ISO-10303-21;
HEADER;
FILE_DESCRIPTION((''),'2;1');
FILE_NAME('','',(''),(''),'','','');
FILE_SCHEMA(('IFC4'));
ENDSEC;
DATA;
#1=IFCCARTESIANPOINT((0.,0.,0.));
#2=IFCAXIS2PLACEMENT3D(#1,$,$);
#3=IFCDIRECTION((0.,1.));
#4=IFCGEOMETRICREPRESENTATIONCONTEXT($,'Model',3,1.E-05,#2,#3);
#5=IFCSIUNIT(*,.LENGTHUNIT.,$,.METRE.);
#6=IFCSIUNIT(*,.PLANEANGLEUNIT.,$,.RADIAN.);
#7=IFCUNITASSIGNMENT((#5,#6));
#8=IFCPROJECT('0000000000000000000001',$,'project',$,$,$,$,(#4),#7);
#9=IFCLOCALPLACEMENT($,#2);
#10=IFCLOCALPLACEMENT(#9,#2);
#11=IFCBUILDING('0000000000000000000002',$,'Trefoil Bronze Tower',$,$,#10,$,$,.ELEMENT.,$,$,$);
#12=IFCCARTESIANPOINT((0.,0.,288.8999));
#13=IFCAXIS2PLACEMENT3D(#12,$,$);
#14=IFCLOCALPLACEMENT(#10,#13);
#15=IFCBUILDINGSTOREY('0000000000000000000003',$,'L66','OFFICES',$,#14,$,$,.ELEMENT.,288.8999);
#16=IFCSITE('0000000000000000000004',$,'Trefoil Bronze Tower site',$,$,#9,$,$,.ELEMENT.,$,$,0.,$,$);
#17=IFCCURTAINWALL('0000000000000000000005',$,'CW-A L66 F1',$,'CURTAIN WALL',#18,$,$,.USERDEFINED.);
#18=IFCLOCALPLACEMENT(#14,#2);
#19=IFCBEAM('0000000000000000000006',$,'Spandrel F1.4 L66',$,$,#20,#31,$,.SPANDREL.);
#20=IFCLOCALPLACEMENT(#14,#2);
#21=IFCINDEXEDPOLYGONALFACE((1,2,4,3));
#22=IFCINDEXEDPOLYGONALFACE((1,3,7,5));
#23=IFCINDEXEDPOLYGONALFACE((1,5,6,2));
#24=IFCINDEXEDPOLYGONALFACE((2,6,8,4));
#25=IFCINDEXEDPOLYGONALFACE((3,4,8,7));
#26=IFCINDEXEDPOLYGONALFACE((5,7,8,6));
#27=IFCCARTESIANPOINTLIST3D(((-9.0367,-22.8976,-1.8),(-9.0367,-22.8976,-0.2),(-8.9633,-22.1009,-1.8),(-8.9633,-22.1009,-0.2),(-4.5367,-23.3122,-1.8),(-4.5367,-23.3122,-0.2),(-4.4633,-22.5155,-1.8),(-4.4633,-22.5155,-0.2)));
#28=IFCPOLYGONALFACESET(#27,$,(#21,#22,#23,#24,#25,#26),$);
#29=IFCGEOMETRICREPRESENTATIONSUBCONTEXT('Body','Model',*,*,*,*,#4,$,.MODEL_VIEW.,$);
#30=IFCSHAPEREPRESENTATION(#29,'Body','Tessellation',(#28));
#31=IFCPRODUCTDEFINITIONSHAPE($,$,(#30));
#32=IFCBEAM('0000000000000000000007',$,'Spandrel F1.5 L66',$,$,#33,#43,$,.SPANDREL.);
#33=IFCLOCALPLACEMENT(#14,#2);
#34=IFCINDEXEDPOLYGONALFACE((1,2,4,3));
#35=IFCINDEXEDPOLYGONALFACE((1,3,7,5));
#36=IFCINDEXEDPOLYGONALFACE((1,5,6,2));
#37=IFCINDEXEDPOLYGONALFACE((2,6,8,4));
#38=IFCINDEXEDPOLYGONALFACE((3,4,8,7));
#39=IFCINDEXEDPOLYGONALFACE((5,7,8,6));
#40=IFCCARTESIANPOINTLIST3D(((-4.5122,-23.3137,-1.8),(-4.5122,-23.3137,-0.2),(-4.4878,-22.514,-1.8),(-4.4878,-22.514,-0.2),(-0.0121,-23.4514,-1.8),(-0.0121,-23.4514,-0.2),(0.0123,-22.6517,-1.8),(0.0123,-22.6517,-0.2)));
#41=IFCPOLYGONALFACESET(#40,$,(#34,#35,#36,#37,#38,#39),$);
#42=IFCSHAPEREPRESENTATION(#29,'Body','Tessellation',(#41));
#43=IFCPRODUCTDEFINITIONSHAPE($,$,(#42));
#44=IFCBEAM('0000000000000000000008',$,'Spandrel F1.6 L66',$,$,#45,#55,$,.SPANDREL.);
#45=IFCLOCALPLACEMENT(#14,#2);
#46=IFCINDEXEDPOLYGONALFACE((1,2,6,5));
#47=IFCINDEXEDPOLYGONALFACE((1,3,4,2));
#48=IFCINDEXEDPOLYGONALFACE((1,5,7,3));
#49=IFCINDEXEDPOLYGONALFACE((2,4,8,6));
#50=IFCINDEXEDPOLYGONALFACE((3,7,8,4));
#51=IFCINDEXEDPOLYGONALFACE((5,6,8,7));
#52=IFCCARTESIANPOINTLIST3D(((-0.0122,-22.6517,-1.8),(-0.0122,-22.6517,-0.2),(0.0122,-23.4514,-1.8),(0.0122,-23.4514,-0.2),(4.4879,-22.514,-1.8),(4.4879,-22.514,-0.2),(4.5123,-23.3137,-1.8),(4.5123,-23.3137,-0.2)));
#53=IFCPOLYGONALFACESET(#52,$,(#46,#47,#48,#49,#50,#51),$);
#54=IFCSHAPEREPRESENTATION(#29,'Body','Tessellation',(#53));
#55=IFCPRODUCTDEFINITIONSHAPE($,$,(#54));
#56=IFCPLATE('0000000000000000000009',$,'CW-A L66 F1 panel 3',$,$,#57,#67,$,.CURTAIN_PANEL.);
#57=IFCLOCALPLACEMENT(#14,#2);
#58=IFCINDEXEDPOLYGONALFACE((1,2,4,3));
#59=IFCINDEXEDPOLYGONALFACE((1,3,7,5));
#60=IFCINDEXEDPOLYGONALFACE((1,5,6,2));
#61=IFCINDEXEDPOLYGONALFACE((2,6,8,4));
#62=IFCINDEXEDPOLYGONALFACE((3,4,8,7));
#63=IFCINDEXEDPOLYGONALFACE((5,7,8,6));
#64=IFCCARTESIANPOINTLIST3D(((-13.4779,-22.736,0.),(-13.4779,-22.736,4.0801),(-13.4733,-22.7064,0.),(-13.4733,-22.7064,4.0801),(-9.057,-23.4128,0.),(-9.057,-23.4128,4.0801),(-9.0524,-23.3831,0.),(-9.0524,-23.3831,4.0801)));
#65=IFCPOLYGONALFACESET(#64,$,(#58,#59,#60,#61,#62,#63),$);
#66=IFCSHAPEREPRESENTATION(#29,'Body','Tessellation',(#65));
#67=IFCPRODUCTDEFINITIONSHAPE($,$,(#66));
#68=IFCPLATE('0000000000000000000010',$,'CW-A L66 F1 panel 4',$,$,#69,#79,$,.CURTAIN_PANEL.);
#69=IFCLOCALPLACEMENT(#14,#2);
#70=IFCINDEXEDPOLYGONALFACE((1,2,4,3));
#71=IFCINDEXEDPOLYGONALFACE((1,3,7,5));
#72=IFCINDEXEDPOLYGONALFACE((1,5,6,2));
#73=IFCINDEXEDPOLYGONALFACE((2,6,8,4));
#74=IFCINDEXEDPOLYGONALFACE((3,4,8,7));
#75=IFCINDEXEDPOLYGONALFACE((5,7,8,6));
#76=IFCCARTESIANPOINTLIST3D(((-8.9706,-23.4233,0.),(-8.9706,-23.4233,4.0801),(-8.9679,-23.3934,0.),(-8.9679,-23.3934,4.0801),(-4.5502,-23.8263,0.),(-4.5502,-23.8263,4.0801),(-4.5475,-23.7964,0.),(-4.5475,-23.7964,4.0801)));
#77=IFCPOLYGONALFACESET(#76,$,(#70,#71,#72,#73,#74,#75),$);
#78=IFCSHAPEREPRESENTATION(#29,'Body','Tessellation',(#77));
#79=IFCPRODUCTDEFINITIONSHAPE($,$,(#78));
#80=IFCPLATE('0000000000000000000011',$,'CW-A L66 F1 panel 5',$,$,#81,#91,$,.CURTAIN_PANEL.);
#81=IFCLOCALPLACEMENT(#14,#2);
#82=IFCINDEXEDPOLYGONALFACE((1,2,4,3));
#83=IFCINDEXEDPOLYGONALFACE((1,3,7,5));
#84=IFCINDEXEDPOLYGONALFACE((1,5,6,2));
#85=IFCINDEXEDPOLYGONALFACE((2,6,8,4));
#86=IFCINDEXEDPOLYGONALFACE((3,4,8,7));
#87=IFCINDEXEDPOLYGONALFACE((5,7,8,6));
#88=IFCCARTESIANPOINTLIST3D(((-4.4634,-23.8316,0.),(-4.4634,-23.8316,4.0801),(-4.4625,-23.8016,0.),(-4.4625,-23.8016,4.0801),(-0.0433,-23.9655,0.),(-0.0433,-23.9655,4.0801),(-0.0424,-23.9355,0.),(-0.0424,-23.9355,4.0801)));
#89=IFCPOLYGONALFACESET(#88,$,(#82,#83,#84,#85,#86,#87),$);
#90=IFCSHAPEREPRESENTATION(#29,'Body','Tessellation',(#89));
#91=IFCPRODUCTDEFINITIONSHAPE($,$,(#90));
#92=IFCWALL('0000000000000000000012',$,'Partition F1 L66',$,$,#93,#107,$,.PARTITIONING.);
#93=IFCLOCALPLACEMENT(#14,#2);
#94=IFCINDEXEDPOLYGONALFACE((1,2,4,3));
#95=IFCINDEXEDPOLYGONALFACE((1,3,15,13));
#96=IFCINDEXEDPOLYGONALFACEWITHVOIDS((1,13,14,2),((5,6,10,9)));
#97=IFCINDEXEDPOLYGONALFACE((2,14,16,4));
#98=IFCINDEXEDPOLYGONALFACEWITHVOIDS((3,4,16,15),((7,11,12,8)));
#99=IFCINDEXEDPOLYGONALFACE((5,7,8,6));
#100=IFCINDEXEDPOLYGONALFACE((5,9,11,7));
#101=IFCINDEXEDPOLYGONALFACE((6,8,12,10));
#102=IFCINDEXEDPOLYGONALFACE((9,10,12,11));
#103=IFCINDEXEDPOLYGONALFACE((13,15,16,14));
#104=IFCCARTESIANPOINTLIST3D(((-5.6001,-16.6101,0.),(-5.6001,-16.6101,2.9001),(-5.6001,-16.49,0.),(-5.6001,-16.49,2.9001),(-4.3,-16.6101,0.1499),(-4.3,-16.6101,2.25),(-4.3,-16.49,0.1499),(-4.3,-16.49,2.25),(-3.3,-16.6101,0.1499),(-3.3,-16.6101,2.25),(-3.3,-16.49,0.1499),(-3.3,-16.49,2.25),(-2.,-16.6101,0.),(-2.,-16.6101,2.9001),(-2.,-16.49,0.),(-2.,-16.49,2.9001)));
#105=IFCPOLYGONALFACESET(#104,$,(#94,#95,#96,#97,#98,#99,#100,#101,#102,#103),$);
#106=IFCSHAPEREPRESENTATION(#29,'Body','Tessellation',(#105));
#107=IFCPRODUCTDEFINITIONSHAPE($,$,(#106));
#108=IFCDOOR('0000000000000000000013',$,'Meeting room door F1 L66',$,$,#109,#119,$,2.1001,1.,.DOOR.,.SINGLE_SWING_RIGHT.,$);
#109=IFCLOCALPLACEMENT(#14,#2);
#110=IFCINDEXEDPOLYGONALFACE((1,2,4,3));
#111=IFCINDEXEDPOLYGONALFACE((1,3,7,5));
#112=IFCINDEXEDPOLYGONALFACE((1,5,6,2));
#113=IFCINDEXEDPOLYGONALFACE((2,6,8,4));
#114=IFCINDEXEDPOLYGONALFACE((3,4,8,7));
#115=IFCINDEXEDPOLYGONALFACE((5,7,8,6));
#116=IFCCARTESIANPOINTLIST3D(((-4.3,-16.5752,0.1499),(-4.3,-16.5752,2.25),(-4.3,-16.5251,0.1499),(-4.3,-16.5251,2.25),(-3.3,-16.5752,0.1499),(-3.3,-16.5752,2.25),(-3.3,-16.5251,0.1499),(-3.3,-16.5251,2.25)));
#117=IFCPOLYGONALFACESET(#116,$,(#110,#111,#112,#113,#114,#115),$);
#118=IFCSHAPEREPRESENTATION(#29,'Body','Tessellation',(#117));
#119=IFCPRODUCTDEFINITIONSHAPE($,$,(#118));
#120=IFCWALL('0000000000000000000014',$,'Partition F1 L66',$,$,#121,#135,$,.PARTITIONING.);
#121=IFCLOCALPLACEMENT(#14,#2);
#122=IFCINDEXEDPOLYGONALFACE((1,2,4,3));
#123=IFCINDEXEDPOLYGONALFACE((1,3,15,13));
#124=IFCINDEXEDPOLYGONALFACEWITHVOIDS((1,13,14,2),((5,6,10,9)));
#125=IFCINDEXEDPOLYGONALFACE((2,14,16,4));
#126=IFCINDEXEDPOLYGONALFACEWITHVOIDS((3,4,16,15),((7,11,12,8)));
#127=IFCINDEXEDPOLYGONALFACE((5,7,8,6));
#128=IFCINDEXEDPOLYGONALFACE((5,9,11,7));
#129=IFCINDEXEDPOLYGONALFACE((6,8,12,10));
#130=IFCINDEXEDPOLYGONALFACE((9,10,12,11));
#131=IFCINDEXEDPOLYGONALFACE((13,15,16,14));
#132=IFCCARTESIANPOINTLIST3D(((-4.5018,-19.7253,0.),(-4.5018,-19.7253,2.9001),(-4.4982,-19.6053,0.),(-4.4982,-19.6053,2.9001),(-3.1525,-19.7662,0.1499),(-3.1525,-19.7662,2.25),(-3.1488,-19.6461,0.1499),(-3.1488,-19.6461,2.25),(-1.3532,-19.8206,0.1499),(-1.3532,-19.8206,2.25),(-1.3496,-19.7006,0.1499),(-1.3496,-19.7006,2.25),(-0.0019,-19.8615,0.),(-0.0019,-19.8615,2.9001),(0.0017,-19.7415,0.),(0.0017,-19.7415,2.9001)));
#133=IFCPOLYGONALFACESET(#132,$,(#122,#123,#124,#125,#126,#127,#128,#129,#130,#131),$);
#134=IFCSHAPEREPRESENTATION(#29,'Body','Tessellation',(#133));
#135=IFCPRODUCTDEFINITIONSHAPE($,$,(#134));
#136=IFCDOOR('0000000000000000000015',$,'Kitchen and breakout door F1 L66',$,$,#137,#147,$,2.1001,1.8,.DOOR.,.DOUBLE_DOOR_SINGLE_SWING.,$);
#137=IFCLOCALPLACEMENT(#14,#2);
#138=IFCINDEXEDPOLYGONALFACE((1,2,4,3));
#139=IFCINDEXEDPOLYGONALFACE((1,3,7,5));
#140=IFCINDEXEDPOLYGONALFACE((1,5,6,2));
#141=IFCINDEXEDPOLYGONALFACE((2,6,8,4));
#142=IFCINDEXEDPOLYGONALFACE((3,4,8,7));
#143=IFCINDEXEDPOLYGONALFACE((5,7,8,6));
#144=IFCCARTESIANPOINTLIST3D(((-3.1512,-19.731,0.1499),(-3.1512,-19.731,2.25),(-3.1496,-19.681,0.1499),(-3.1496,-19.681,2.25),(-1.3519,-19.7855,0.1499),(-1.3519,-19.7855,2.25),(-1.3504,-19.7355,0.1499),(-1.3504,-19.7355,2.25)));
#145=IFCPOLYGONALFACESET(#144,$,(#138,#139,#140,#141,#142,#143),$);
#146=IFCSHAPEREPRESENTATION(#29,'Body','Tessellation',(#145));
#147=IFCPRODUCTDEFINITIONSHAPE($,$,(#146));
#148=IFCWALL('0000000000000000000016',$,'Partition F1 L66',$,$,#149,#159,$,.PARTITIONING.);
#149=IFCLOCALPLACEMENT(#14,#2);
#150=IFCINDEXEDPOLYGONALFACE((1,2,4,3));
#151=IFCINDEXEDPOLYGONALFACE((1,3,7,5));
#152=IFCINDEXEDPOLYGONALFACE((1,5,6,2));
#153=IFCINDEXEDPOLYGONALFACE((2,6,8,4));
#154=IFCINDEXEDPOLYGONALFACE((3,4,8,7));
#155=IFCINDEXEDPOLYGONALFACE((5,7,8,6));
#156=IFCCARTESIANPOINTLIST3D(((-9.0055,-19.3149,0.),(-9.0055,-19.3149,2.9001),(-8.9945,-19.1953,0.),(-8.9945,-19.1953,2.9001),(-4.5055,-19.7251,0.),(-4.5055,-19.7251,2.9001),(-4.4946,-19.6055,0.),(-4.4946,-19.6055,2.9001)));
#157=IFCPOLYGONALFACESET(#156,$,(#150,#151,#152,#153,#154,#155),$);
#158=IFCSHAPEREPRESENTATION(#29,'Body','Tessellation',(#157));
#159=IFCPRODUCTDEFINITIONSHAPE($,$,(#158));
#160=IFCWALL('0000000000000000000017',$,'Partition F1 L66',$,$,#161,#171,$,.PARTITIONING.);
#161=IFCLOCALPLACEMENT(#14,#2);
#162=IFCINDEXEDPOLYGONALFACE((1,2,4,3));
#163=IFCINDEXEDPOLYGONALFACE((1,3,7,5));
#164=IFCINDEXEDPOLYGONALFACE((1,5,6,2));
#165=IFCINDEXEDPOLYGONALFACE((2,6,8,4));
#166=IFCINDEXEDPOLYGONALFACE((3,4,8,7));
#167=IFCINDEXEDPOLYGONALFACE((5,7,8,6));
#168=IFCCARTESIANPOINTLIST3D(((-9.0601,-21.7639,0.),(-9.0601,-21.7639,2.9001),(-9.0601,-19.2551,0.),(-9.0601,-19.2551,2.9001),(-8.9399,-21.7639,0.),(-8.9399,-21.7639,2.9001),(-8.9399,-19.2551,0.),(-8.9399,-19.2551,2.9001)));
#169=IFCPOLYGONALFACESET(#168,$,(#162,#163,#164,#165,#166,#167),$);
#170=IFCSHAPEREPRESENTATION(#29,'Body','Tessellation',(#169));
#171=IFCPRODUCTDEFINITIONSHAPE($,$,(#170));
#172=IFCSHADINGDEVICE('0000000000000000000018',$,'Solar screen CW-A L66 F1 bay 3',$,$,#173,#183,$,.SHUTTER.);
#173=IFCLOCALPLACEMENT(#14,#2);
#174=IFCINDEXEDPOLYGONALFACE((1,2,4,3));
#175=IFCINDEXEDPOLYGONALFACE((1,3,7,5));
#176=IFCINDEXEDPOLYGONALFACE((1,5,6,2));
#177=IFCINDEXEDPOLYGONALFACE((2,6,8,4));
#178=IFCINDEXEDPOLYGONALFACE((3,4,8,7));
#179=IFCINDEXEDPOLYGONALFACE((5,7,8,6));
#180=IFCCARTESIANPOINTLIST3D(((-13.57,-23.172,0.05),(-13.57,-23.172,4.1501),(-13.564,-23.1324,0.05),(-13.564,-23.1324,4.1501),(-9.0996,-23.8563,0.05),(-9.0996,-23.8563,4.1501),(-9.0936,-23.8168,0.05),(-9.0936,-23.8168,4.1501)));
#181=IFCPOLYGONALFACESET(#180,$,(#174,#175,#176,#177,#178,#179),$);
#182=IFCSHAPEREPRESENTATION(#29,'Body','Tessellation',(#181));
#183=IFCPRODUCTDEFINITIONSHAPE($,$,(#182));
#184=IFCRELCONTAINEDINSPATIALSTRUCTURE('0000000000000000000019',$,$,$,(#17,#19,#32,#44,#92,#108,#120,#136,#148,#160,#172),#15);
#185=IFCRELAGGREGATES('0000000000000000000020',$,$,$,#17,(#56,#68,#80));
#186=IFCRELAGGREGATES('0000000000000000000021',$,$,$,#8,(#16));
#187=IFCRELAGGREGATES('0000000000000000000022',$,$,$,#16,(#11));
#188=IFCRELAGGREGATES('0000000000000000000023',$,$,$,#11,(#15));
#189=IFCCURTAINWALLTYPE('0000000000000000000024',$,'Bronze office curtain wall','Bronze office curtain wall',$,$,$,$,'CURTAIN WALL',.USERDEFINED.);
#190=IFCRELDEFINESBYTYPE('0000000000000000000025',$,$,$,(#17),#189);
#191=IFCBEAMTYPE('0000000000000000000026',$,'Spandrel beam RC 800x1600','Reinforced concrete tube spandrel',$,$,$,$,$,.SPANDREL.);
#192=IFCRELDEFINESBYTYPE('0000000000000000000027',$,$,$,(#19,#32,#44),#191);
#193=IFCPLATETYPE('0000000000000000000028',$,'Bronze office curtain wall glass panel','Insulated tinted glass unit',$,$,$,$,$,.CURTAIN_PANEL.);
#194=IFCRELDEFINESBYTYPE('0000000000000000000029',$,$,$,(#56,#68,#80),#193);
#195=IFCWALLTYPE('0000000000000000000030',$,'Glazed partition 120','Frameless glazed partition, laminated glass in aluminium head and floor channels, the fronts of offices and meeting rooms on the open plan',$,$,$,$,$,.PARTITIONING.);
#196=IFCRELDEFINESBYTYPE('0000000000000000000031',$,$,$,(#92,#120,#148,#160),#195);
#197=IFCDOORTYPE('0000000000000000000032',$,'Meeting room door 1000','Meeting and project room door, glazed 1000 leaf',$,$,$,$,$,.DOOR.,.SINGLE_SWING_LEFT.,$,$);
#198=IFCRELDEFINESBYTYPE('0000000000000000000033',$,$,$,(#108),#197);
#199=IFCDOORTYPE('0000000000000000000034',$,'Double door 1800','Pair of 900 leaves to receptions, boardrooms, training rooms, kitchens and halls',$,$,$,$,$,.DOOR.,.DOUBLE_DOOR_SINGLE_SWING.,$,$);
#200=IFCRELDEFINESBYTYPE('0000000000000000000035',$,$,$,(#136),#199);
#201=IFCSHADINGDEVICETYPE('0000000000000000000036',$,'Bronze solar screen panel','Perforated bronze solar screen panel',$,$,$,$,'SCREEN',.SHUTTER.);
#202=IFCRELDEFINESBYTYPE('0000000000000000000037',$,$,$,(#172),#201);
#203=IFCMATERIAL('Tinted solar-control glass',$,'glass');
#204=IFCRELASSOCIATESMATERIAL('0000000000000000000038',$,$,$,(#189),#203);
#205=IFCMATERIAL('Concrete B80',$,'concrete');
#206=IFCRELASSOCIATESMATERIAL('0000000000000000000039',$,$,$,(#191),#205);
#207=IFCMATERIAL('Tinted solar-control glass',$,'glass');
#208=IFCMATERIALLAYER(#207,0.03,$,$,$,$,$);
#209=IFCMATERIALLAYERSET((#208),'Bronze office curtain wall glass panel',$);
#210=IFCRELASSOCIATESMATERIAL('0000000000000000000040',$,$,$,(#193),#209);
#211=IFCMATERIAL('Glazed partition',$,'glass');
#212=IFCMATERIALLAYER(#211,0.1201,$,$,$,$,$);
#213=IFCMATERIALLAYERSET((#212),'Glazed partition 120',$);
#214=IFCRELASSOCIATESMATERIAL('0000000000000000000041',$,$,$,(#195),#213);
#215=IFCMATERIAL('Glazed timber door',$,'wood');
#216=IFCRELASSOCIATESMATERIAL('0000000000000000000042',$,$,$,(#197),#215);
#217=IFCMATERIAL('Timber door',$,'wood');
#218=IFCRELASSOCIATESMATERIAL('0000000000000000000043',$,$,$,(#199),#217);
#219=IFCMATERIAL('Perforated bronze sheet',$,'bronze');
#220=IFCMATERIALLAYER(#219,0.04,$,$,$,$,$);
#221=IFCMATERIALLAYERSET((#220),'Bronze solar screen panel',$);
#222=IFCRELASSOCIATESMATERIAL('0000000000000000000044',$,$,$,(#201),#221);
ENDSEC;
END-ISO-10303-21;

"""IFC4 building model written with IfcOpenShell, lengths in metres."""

from ifc_helpers import new_model, si_unit, direction, frame, frame_2d, origin, origin_2d, place, context, subcontext, project, spatial, rectangle, extrude, material, layer, layer_set, material_profile, profile_set, type_object, element, fill, aggregate, save


model = new_model("IFC4")

# Units and contexts
model_context = context("Model", 3, precision=1e-05, world=origin(), true_north=direction((0.0, 1.0)))
body_context = subcontext(model_context, "Body", "Model", "MODEL_VIEW")
ifc_project = project(units=[si_unit("LENGTHUNIT", "METRE"), si_unit("PLANEANGLEUNIT", "RADIAN")], contexts=[model_context])

# Site, building, storey
site_placement = place(None, origin())
site = spatial("IfcSite", under=ifc_project, at=site_placement, Name="Trefoil Bronze Tower site", CompositionType="ELEMENT", RefElevation=0.0)
building_placement = place(site_placement, origin())
building = spatial("IfcBuilding", under=site, at=building_placement, Name="Trefoil Bronze Tower", CompositionType="ELEMENT")
storey_placement = place(building_placement, frame((0.0, 0.0, 288.8999)))
storey = spatial("IfcBuildingStorey", under=building, at=storey_placement, Name="L66", Description="OFFICES", CompositionType="ELEMENT", Elevation=288.8999)

# Curtain wall
ifc_material_1 = material(Name="Tinted solar-control glass", Category="glass")
curtain_wall_type = type_object("IfcCurtainWallType", Name="Bronze office curtain wall", Description="Bronze office curtain wall", ElementType="CURTAIN WALL", PredefinedType="USERDEFINED", material=ifc_material_1)
curtain_wall_placement = place(storey_placement, origin())
curtain_wall = element("IfcCurtainWall", 1, at=curtain_wall_placement, inside=storey, type_object=curtain_wall_type, Name="CW-A L66 F1", ObjectType="CURTAIN WALL", PredefinedType="USERDEFINED")

# Beams
ifc_material_2 = material(Name="Concrete B80", Category="concrete")
ifc_material_profile_1 = material_profile(ifc_material_2, rectangle(XDim=0.8, YDim=1.6001, at=origin_2d()), Name="RC 800x1600")
ifc_profile_set_1 = profile_set([ifc_material_profile_1], Name="Concrete B80")
beam_type_1 = type_object("IfcBeamType", Name="Spandrel beam RC 800x1600", Description="Reinforced concrete tube spandrel", PredefinedType="SPANDREL", material=ifc_profile_set_1)
beam_1_placement = place(storey_placement, frame((-9.0, -22.4993, -1.0), z_axis=(0.995784, -0.091734, 0.0), x_axis=(0.091734, 0.995784, 0.0)))
element("IfcBeam", 2, at=beam_1_placement, inside=storey, type_object=beam_type_1, Name="Spandrel F1.4 L66", PredefinedType="SPANDREL", context=body_context, shape_type="SweptSolid", body=[
    extrude(rectangle(XDim=0.8, YDim=1.6001, at=origin_2d()), origin(), (0.0, 0.0, 1.0), 4.519),
])
for number, where, z_axis, x_axis, name in (
    (3, (-4.5, -22.9138, -1.0), (0.999532, -0.030585, 0.0), (0.030585, 0.999532, 0.0), "Spandrel F1.5 L66"),
    (4, (0.0, -23.0515, -1.0), (0.999532, 0.030585, 0.0), (-0.030585, 0.999532, 0.0), "Spandrel F1.6 L66"),
):
    element("IfcBeam", number, at=place(storey_placement, frame(where, z_axis=z_axis, x_axis=x_axis)), inside=storey, type_object=beam_type_1, Name=name, PredefinedType="SPANDREL", context=body_context, shape_type="SweptSolid", body=[
        extrude(rectangle(XDim=0.8, YDim=1.6001, at=origin_2d()), origin(), (0.0, 0.0, 1.0), 4.5022),
    ])

# Plates
ifc_material_3 = material(Name="Tinted solar-control glass", Category="glass")
ifc_layer_1 = layer(ifc_material_3, 0.03)
ifc_layer_set_1 = layer_set([ifc_layer_1], Name="Bronze office curtain wall glass panel")
plate_type = type_object("IfcPlateType", Name="Bronze office curtain wall glass panel", Description="Insulated tinted glass unit", PredefinedType="CURTAIN_PANEL", material=ifc_layer_set_1)
plate_1_placement = place(storey_placement, frame((-11.2651, -23.0596, 0.0), z_axis=(0.0, 0.0, 1.0), x_axis=(0.988485, -0.151317, 0.0)))
plate_1 = element("IfcPlate", 5, at=plate_1_placement, type_object=plate_type, Name="CW-A L66 F1 panel 3", PredefinedType="CURTAIN_PANEL", context=body_context, shape_type="SweptSolid", body=[
    extrude(rectangle(XDim=4.4724, YDim=0.03, at=origin_2d()), origin(), (0.0, 0.0, 1.0), 4.0801),
])
plate_2_placement = place(storey_placement, frame((-6.759, -23.6099, 0.0), z_axis=(0.0, 0.0, 1.0), x_axis=(0.99587, -0.090789, 0.0)))
plate_2 = element("IfcPlate", 6, at=plate_2_placement, type_object=plate_type, Name="CW-A L66 F1 panel 4", PredefinedType="CURTAIN_PANEL", context=body_context, shape_type="SweptSolid", body=[
    extrude(rectangle(XDim=4.4387, YDim=0.03, at=origin_2d()), origin(), (0.0, 0.0, 1.0), 4.0801),
])
plate_3_placement = place(storey_placement, frame((-2.2529, -23.8835, 0.0), z_axis=(0.0, 0.0, 1.0), x_axis=(0.999542, -0.030263, 0.0)))
plate_3 = element("IfcPlate", 7, at=plate_3_placement, type_object=plate_type, Name="CW-A L66 F1 panel 5", PredefinedType="CURTAIN_PANEL", context=body_context, shape_type="SweptSolid", body=[
    extrude(rectangle(XDim=4.4221, YDim=0.03, at=origin_2d()), origin(), (0.0, 0.0, 1.0), 4.0801),
])
aggregate(curtain_wall, [plate_1, plate_2, plate_3])

# Walls, openings, doors
ifc_material_4 = material(Name="Glazed partition", Category="glass")
ifc_layer_2 = layer(ifc_material_4, 0.1201)
ifc_layer_set_2 = layer_set([ifc_layer_2], Name="Glazed partition 120")
wall_type = type_object("IfcWallType", Name="Glazed partition 120", Description="Frameless glazed partition, laminated glass in aluminium head and floor channels, the fronts of offices and meeting rooms on the open plan", PredefinedType="PARTITIONING", material=ifc_layer_set_2)
wall_1_placement = place(storey_placement, frame((-5.6001, -16.55, 0.0), z_axis=(0.0, 0.0, 1.0), x_axis=(1.0, 0.0, 0.0)))
wall_1 = element("IfcWall", 8, at=wall_1_placement, inside=storey, type_object=wall_type, Name="Partition F1 L66", PredefinedType="PARTITIONING", context=body_context, shape_type="SweptSolid", body=[
    extrude(rectangle(XDim=3.6001, YDim=0.1201, at=frame_2d((1.8, 0.0))), origin(), (0.0, 0.0, 1.0), 2.9001),
])
opening_1_placement = place(wall_1_placement, frame((1.3, 0.0, 0.1499)))
opening_1 = element("IfcOpeningElement", 9, at=opening_1_placement, cuts=wall_1, PredefinedType="OPENING", context=body_context, shape_type="SweptSolid", body=[
    extrude(rectangle(XDim=1.0, YDim=2.1001, at=frame_2d((0.5, 1.05))), frame((0.0, 0.0701, 0.0), z_axis=(0.0, -1.0, 0.0), x_axis=(1.0, 0.0, 0.0)), (0.0, 0.0, 1.0), 0.1401),
])
ifc_material_5 = material(Name="Glazed timber door", Category="wood")
door_type_1 = type_object("IfcDoorType", Name="Meeting room door 1000", Description="Meeting and project room door, glazed 1000 leaf", OperationType="SINGLE_SWING_LEFT", PredefinedType="DOOR", material=ifc_material_5)
door_1_placement = place(opening_1_placement, origin())
door_1 = element("IfcDoor", 10, at=door_1_placement, inside=storey, type_object=door_type_1, Name="Meeting room door F1 L66", OperationType="SINGLE_SWING_RIGHT", OverallHeight=2.1001, OverallWidth=1.0, PredefinedType="DOOR", context=body_context, shape_type="SweptSolid", body=[
    extrude(rectangle(XDim=1.0, YDim=2.1001, at=frame_2d((0.5, 1.05))), frame((0.0, 0.0249, 0.0), z_axis=(0.0, -1.0, 0.0), x_axis=(1.0, 0.0, 0.0)), (0.0, 0.0, 1.0), 0.05),
])
fill(opening_1, door_1)
wall_2_placement = place(storey_placement, frame((-4.5, -19.6653, 0.0), z_axis=(0.0, 0.0, 1.0), x_axis=(0.999542, -0.03026, 0.0)))
wall_2 = element("IfcWall", 11, at=wall_2_placement, inside=storey, type_object=wall_type, Name="Partition F1 L66", PredefinedType="PARTITIONING", context=body_context, shape_type="SweptSolid", body=[
    extrude(rectangle(XDim=4.502, YDim=0.1201, at=frame_2d((2.251, 0.0))), origin(), (0.0, 0.0, 1.0), 2.9001),
])
opening_2_placement = place(wall_2_placement, frame((1.3501, 0.0, 0.1499)))
opening_2 = element("IfcOpeningElement", 12, at=opening_2_placement, cuts=wall_2, PredefinedType="OPENING", context=body_context, shape_type="SweptSolid", body=[
    extrude(rectangle(XDim=1.8, YDim=2.1001, at=frame_2d((0.8999, 1.05))), frame((0.0, 0.0701, 0.0), z_axis=(0.0, -1.0, 0.0), x_axis=(1.0, 0.0, 0.0)), (0.0, 0.0, 1.0), 0.1401),
])
ifc_material_6 = material(Name="Timber door", Category="wood")
door_type_2 = type_object("IfcDoorType", Name="Double door 1800", Description="Pair of 900 leaves to receptions, boardrooms, training rooms, kitchens and halls", OperationType="DOUBLE_DOOR_SINGLE_SWING", PredefinedType="DOOR", material=ifc_material_6)
door_2_placement = place(opening_2_placement, frame((1.8, 0.0, 0.0), z_axis=(0.0, 0.0, 1.0), x_axis=(-1.0, 0.0, 0.0)))
door_2 = element("IfcDoor", 13, at=door_2_placement, inside=storey, type_object=door_type_2, Name="Kitchen and breakout door F1 L66", OperationType="DOUBLE_DOOR_SINGLE_SWING", OverallHeight=2.1001, OverallWidth=1.8, PredefinedType="DOOR", context=body_context, shape_type="SweptSolid", body=[
    extrude(rectangle(XDim=1.8, YDim=2.1001, at=frame_2d((0.8999, 1.05))), frame((0.0, 0.0249, 0.0), z_axis=(0.0, -1.0, 0.0), x_axis=(1.0, 0.0, 0.0)), (0.0, 0.0, 1.0), 0.05),
])
fill(opening_2, door_2)

# Walls
wall_3_placement = place(storey_placement, frame((-9.0, -19.2551, 0.0), z_axis=(0.0, 0.0, 1.0), x_axis=(0.995872, -0.09077, 0.0)))
element("IfcWall", 14, at=wall_3_placement, inside=storey, type_object=wall_type, Name="Partition F1 L66", PredefinedType="PARTITIONING", context=body_context, shape_type="SweptSolid", body=[
    extrude(rectangle(XDim=4.5186, YDim=0.1201, at=frame_2d((2.2593, 0.0))), origin(), (0.0, 0.0, 1.0), 2.9001),
])
wall_4_placement = place(storey_placement, frame((-9.0, -19.2551, 0.0), z_axis=(0.0, 0.0, 1.0), x_axis=(0.0, -1.0, 0.0)))
element("IfcWall", 15, at=wall_4_placement, inside=storey, type_object=wall_type, Name="Partition F1 L66", PredefinedType="PARTITIONING", context=body_context, shape_type="SweptSolid", body=[
    extrude(rectangle(XDim=2.5088, YDim=0.1201, at=frame_2d((1.2544, 0.0))), origin(), (0.0, 0.0, 1.0), 2.9001),
])

# Shading device
ifc_material_7 = material(Name="Perforated bronze sheet", Category="bronze")
ifc_layer_3 = layer(ifc_material_7, 0.04)
ifc_layer_set_3 = layer_set([ifc_layer_3], Name="Bronze solar screen panel")
shading_device_type = type_object("IfcShadingDeviceType", Name="Bronze solar screen panel", Description="Perforated bronze solar screen panel", ElementType="SCREEN", PredefinedType="SHUTTER", material=ifc_layer_set_3)
shading_device_1_placement = place(storey_placement, frame((-11.3318, -23.4944, 0.05), z_axis=(0.0, 0.0, 1.0), x_axis=(0.988485, -0.151317, 0.0)))
element("IfcShadingDevice", 16, at=shading_device_1_placement, inside=storey, type_object=shading_device_type, Name="Solar screen CW-A L66 F1 bay 3", PredefinedType="SHUTTER", context=body_context, shape_type="SweptSolid", body=[
    extrude(rectangle(XDim=4.5225, YDim=0.04, at=origin_2d()), origin(), (0.0, 0.0, 1.0), 4.1001),
])

save(model, "model.ifc")
